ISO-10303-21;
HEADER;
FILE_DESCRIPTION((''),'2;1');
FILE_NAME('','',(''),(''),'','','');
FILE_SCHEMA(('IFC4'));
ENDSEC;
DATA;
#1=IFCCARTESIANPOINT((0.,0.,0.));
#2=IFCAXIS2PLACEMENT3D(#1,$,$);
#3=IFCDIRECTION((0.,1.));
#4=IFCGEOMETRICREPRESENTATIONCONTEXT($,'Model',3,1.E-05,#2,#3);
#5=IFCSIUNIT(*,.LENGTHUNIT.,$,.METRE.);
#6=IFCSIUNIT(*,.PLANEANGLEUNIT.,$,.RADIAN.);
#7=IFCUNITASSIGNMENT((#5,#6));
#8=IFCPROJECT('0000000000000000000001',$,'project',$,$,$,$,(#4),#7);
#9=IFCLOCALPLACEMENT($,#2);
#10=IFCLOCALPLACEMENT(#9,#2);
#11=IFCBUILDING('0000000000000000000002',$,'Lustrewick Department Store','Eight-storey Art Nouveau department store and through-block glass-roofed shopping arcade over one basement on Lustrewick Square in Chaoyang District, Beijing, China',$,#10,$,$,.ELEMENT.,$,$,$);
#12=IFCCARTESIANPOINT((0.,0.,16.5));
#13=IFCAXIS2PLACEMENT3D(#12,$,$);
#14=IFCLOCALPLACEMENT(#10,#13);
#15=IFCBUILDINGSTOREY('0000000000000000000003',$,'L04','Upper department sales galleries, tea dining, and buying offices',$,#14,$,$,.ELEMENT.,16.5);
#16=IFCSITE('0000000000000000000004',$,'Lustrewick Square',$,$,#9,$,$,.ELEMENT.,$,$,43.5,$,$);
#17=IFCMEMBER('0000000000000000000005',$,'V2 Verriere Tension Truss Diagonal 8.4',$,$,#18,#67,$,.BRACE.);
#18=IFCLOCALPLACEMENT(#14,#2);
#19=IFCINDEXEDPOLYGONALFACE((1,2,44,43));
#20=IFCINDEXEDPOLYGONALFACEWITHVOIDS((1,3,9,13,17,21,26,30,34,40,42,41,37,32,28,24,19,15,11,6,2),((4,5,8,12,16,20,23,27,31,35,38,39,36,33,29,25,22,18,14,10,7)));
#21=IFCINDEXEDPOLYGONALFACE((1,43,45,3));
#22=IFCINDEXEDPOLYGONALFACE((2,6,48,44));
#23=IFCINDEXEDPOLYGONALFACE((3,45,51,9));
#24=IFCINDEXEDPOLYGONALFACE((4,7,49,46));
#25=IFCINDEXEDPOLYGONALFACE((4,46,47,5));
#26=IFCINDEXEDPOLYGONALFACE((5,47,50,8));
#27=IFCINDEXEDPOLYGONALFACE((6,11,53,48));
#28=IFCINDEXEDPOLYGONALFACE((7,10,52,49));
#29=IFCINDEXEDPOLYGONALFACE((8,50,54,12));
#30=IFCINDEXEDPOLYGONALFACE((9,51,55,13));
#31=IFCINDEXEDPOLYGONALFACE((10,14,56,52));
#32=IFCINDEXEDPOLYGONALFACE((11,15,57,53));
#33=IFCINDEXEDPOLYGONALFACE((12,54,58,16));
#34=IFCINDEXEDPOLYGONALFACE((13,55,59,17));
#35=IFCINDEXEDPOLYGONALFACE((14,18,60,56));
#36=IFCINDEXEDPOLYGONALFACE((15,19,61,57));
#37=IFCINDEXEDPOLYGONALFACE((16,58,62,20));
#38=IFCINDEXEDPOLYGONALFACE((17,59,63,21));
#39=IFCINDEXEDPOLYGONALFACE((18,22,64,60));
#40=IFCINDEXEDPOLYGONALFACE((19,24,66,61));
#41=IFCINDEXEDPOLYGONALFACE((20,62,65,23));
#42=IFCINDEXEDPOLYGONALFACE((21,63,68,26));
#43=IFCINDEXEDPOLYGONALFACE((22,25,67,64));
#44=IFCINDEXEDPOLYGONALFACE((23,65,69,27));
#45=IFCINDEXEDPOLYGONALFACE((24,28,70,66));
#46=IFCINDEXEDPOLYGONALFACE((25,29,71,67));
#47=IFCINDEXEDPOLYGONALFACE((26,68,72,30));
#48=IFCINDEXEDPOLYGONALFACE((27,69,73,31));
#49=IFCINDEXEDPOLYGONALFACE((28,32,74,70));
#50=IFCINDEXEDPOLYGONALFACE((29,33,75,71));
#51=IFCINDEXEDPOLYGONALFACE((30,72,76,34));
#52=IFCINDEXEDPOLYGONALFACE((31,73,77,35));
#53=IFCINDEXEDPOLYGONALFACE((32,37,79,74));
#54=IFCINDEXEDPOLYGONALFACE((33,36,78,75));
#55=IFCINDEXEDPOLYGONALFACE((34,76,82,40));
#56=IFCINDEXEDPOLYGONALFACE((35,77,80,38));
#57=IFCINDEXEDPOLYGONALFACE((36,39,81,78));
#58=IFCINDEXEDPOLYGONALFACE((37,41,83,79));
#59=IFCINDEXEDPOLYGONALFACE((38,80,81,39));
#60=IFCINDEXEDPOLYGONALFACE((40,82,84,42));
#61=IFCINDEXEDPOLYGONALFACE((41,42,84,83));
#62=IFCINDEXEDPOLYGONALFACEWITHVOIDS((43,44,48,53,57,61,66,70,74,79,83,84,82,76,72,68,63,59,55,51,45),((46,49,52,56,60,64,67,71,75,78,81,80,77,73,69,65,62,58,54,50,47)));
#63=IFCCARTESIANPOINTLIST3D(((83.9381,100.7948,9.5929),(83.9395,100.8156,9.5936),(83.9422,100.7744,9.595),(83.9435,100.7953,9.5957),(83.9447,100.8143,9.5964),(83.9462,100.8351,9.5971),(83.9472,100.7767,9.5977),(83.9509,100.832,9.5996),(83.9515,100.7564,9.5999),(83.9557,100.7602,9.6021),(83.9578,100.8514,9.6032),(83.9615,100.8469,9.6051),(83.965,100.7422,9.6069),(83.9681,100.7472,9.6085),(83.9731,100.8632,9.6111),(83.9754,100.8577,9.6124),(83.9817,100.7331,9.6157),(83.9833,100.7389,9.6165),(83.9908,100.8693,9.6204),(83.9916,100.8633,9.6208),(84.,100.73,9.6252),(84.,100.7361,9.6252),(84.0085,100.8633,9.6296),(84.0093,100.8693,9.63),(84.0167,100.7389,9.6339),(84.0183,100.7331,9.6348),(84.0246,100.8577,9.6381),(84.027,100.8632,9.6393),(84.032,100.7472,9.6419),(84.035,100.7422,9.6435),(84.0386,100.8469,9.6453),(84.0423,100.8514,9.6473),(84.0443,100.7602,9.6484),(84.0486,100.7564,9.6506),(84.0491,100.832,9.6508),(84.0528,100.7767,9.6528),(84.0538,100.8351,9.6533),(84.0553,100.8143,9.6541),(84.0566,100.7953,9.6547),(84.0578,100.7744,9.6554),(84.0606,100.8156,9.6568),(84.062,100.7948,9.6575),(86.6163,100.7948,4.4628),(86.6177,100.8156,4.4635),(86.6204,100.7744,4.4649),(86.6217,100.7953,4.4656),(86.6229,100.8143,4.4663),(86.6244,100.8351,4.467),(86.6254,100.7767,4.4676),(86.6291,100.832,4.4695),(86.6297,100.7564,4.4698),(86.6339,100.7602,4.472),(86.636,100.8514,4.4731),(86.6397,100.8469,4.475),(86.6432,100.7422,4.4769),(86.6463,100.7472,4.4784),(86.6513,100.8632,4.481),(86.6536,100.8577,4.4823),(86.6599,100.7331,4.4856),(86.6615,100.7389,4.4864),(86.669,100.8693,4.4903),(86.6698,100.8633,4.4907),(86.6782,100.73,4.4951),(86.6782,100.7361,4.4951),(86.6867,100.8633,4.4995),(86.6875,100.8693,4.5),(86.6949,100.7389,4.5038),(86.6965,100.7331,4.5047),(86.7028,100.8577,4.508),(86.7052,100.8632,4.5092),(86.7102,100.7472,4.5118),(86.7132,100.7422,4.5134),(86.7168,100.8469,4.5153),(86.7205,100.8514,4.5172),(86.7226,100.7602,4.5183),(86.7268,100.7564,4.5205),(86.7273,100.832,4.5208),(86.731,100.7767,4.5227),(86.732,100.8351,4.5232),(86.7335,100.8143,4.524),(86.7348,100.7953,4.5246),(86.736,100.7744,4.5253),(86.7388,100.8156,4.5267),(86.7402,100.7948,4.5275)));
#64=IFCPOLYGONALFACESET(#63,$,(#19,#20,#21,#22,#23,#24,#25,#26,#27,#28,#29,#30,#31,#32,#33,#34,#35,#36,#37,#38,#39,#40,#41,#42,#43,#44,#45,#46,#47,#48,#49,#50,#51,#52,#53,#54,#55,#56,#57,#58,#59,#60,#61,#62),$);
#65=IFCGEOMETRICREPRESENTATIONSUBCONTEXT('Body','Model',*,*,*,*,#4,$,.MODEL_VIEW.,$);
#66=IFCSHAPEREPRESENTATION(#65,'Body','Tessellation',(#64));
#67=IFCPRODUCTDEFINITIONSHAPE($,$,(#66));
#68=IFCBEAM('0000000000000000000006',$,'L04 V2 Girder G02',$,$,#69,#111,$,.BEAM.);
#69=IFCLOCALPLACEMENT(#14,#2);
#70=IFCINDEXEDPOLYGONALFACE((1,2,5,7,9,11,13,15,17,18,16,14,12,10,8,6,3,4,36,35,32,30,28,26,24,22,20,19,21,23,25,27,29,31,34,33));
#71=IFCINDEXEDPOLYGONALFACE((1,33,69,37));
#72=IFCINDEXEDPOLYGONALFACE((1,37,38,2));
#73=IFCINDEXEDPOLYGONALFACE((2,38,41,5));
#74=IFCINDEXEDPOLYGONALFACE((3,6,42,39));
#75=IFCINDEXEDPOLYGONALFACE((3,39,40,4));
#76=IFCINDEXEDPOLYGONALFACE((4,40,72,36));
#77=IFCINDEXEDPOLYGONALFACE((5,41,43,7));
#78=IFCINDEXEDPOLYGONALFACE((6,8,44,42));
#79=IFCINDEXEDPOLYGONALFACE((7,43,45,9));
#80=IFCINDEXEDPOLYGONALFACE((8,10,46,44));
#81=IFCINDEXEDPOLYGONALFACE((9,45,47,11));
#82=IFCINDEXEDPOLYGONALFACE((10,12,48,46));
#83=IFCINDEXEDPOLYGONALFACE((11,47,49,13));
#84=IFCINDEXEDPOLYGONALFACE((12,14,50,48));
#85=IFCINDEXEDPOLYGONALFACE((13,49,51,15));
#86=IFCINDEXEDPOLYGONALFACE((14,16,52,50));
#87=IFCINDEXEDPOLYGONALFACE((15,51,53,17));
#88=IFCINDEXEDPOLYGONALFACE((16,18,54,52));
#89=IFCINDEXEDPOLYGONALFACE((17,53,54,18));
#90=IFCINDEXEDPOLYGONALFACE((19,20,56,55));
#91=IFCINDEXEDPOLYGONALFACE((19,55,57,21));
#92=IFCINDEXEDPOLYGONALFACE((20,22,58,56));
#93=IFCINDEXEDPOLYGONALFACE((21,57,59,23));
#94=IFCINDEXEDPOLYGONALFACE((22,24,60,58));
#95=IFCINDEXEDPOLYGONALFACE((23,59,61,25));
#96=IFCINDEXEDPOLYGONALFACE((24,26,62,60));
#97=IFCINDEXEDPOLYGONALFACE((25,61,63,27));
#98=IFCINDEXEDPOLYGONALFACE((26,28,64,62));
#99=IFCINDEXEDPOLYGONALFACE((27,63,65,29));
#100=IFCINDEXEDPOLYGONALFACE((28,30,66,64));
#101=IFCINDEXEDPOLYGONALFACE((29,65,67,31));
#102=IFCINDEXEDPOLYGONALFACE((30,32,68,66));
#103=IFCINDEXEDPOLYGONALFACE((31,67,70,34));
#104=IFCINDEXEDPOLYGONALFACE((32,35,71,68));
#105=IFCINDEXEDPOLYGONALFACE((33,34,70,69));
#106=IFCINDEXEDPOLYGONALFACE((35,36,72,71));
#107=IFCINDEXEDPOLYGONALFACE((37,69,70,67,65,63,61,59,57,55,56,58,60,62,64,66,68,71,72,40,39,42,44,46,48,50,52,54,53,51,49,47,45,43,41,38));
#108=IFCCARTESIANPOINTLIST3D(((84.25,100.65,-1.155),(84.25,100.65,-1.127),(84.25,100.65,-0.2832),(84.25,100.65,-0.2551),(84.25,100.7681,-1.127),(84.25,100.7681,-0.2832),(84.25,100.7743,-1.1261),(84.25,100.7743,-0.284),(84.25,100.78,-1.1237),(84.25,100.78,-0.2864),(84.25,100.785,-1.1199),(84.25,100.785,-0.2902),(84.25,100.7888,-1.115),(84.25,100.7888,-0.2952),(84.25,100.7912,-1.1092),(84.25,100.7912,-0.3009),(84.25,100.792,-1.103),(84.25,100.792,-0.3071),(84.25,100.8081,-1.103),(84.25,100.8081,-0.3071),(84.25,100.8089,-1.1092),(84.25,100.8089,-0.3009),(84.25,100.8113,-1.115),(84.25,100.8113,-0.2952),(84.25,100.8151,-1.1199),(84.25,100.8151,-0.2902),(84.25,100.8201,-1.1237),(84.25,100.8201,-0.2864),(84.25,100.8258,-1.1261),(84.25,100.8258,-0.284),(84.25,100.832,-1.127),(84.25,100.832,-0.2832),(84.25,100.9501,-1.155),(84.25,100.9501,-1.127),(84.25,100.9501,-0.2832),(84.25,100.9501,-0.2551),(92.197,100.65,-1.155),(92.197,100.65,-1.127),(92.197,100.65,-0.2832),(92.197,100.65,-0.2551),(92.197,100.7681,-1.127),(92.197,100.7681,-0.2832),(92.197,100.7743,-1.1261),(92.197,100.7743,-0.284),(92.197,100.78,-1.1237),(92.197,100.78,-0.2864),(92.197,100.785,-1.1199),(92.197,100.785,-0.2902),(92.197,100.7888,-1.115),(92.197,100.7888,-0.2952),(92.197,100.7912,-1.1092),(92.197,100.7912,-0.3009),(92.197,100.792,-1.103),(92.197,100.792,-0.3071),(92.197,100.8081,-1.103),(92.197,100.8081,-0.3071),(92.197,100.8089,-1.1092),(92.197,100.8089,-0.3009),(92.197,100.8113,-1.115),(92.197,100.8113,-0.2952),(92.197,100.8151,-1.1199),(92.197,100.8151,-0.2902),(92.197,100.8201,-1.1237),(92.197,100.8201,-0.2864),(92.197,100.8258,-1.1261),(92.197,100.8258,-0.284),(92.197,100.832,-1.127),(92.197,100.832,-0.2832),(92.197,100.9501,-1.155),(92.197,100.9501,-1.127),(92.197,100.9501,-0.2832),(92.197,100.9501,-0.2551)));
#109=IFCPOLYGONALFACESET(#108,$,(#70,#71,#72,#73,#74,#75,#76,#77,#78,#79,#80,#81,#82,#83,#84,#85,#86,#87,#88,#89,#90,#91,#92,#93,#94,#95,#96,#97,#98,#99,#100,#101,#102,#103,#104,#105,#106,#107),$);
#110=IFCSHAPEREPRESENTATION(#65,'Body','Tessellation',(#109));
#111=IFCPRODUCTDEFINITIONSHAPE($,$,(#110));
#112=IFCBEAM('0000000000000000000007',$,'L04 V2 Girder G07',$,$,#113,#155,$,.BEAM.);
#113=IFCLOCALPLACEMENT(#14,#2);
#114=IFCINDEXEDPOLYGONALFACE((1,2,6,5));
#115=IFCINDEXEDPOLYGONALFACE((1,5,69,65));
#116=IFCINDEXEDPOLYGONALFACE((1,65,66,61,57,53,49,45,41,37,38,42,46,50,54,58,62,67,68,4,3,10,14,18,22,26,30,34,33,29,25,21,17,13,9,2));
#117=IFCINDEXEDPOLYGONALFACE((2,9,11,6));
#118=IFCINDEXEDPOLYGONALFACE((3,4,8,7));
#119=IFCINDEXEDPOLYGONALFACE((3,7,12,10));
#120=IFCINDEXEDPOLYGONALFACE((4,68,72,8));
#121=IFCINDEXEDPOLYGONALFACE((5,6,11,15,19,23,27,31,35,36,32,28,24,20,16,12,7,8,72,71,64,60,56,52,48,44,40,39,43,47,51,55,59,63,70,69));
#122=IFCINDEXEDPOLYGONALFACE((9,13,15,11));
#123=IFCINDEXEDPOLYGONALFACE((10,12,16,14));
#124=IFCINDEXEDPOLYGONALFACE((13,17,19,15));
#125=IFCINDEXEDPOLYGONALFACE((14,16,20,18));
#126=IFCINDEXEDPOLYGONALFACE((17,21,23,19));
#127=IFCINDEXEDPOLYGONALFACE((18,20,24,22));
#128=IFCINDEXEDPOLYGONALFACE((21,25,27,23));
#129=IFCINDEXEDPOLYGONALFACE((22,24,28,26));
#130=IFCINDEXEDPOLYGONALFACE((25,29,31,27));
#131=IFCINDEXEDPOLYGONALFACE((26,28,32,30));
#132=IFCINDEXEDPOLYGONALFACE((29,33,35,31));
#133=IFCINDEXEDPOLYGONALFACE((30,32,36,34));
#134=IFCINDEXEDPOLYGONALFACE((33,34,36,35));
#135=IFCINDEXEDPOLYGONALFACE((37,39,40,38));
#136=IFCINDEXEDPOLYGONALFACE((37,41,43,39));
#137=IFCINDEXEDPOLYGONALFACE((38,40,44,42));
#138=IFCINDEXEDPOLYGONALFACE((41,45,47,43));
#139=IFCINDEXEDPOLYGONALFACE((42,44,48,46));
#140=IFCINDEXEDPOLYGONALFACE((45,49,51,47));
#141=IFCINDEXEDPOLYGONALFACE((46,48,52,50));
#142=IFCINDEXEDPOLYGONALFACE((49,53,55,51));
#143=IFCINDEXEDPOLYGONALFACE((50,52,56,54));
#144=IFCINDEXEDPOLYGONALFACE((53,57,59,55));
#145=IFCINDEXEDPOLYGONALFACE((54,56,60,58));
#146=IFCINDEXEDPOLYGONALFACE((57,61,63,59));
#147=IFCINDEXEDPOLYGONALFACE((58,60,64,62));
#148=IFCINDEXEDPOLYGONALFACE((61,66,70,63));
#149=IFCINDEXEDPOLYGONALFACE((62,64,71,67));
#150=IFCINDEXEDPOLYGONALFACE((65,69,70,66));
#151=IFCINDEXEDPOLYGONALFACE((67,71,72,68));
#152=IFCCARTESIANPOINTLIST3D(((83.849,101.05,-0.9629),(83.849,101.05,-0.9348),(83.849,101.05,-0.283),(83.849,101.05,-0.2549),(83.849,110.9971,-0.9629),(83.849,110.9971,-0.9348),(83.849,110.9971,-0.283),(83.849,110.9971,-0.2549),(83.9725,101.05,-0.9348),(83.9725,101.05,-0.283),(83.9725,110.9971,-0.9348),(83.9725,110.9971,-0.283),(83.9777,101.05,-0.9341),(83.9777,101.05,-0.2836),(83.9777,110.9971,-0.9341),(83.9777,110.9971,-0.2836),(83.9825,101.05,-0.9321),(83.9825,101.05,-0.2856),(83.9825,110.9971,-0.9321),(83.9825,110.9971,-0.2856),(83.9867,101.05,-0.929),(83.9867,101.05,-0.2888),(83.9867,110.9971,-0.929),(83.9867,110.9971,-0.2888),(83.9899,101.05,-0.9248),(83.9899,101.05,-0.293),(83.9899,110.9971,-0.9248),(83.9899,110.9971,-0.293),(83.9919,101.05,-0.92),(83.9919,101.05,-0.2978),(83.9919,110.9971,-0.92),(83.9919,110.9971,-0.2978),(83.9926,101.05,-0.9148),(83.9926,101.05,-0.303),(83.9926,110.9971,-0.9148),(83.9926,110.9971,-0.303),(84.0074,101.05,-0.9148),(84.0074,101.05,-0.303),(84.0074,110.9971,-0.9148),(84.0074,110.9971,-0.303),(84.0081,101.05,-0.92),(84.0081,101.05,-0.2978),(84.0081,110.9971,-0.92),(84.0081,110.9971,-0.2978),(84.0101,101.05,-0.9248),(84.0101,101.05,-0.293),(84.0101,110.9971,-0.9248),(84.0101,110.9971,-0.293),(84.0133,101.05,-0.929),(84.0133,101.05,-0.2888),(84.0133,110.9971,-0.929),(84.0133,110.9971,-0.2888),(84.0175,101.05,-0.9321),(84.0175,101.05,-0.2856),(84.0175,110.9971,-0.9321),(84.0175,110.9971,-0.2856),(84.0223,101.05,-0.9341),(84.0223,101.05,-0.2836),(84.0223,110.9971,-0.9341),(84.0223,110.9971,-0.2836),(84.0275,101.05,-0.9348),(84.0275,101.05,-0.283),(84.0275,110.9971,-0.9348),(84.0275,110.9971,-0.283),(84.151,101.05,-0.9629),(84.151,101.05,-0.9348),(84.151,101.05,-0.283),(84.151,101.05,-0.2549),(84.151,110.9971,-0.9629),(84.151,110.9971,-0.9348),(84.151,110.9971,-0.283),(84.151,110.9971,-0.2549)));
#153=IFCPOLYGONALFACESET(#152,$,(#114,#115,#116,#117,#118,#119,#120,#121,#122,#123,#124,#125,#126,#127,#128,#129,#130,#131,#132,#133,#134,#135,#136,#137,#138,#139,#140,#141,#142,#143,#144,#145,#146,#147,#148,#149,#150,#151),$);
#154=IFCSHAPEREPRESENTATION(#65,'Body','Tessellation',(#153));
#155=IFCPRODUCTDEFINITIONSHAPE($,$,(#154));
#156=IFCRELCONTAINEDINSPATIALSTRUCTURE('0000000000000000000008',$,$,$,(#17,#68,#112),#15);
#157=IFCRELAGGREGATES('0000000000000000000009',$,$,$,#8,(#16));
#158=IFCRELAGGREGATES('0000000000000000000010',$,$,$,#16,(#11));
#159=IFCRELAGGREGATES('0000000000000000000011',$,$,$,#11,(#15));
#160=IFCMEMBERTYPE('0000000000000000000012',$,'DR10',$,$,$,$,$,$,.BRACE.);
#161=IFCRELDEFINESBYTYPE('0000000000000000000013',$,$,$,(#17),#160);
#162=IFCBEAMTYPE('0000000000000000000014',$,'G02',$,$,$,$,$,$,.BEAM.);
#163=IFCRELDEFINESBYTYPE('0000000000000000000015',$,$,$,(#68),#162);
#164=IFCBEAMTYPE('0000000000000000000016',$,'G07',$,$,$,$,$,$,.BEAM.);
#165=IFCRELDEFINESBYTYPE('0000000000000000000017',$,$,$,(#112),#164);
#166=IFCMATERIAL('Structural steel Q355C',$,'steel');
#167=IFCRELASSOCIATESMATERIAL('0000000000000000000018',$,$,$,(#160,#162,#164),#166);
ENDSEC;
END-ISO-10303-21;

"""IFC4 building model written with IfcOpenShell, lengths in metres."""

from ifc_helpers import new_model, si_unit, direction, frame, origin, origin_2d, place, context, subcontext, project, spatial, hollow_circle, i_section, extrude, material, material_profile, profile_set, type_object, element, save


model = new_model("IFC4")

# Units and contexts
model_context = context("Model", 3, precision=1e-05, world=origin(), true_north=direction((0.0, 1.0)))
body_context = subcontext(model_context, "Body", "Model", "MODEL_VIEW")
ifc_project = project(units=[si_unit("LENGTHUNIT", "METRE"), si_unit("PLANEANGLEUNIT", "RADIAN")], contexts=[model_context])

# Site, building, storey
site_placement = place(None, origin())
site = spatial("IfcSite", under=ifc_project, at=site_placement, Name="Lustrewick Square", CompositionType="ELEMENT", RefElevation=43.5)
building_placement = place(site_placement, origin())
building = spatial("IfcBuilding", under=site, at=building_placement, Name="Lustrewick Department Store", Description="Eight-storey Art Nouveau department store and through-block glass-roofed shopping arcade over one basement on Lustrewick Square in Chaoyang District, Beijing, China", CompositionType="ELEMENT")
storey_placement = place(building_placement, frame((0.0, 0.0, 16.5)))
storey = spatial("IfcBuildingStorey", under=building, at=storey_placement, Name="L04", Description="Upper department sales galleries, tea dining, and buying offices", CompositionType="ELEMENT", Elevation=16.5)

# Shared definitions
ifc_material_1 = material(Name="Structural steel Q355C", Category="steel")

# Member
ifc_material_profile_1 = material_profile(ifc_material_1, hollow_circle(Radius=0.0701, WallThickness=0.0061, at=origin_2d()), Name="CHS 140x6")
ifc_profile_set_1 = profile_set([ifc_material_profile_1], Name="Structural steel Q355C")
member_type_1 = type_object("IfcMemberType", Name="DR10", PredefinedType="BRACE", material=ifc_profile_set_1)
member_1_placement = place(storey_placement, frame((86.6782, 100.8, 4.4951), z_axis=(-0.462788, 0.0, 0.886469), x_axis=(0.0, -1.0, 0.0)))
element("IfcMember", 1, at=member_1_placement, inside=storey, type_object=member_type_1, Name="V2 Verriere Tension Truss Diagonal 8.4", PredefinedType="BRACE", context=body_context, shape_type="SweptSolid", body=[
    extrude(hollow_circle(Radius=0.0701, WallThickness=0.0061, at=origin_2d()), origin(), (0.0, 0.0, 1.0), 5.7871),
])

# Beams
ifc_material_profile_2 = material_profile(ifc_material_1, i_section(OverallWidth=0.3, OverallDepth=0.8999, WebThickness=0.0161, FlangeThickness=0.0281, FilletRadius=0.0239, at=origin_2d()), Name="HN 900x300x16x28")
ifc_profile_set_2 = profile_set([ifc_material_profile_2], Name="Structural steel Q355C")
beam_type_1 = type_object("IfcBeamType", Name="G02", PredefinedType="BEAM", material=ifc_profile_set_2)
beam_1_placement = place(storey_placement, frame((84.25, 100.8, -0.7051), z_axis=(1.0, 0.0, 0.0), x_axis=(0.0, 1.0, 0.0)))
element("IfcBeam", 2, at=beam_1_placement, inside=storey, type_object=beam_type_1, Name="L04 V2 Girder G02", PredefinedType="BEAM", context=body_context, shape_type="SweptSolid", body=[
    extrude(i_section(OverallWidth=0.3, OverallDepth=0.8999, WebThickness=0.0161, FlangeThickness=0.0281, FilletRadius=0.0239, at=origin_2d()), origin(), (0.0, 0.0, 1.0), 7.947),
])
ifc_material_profile_3 = material_profile(ifc_material_1, i_section(OverallWidth=0.302, OverallDepth=0.708, WebThickness=0.0149, FlangeThickness=0.0281, FilletRadius=0.02, at=origin_2d()), Name="HN 708x302x15x28")
ifc_profile_set_3 = profile_set([ifc_material_profile_3], Name="Structural steel Q355C")
beam_type_2 = type_object("IfcBeamType", Name="G07", PredefinedType="BEAM", material=ifc_profile_set_3)
beam_2_placement = place(storey_placement, frame((84.0, 101.05, -0.6089), z_axis=(0.0, 1.0, 0.0), x_axis=(-1.0, 0.0, 0.0)))
element("IfcBeam", 3, at=beam_2_placement, inside=storey, type_object=beam_type_2, Name="L04 V2 Girder G07", PredefinedType="BEAM", context=body_context, shape_type="SweptSolid", body=[
    extrude(i_section(OverallWidth=0.302, OverallDepth=0.708, WebThickness=0.0149, FlangeThickness=0.0281, FilletRadius=0.02, at=origin_2d()), origin(), (0.0, 0.0, 1.0), 9.947),
])

save(model, "model.ifc")
